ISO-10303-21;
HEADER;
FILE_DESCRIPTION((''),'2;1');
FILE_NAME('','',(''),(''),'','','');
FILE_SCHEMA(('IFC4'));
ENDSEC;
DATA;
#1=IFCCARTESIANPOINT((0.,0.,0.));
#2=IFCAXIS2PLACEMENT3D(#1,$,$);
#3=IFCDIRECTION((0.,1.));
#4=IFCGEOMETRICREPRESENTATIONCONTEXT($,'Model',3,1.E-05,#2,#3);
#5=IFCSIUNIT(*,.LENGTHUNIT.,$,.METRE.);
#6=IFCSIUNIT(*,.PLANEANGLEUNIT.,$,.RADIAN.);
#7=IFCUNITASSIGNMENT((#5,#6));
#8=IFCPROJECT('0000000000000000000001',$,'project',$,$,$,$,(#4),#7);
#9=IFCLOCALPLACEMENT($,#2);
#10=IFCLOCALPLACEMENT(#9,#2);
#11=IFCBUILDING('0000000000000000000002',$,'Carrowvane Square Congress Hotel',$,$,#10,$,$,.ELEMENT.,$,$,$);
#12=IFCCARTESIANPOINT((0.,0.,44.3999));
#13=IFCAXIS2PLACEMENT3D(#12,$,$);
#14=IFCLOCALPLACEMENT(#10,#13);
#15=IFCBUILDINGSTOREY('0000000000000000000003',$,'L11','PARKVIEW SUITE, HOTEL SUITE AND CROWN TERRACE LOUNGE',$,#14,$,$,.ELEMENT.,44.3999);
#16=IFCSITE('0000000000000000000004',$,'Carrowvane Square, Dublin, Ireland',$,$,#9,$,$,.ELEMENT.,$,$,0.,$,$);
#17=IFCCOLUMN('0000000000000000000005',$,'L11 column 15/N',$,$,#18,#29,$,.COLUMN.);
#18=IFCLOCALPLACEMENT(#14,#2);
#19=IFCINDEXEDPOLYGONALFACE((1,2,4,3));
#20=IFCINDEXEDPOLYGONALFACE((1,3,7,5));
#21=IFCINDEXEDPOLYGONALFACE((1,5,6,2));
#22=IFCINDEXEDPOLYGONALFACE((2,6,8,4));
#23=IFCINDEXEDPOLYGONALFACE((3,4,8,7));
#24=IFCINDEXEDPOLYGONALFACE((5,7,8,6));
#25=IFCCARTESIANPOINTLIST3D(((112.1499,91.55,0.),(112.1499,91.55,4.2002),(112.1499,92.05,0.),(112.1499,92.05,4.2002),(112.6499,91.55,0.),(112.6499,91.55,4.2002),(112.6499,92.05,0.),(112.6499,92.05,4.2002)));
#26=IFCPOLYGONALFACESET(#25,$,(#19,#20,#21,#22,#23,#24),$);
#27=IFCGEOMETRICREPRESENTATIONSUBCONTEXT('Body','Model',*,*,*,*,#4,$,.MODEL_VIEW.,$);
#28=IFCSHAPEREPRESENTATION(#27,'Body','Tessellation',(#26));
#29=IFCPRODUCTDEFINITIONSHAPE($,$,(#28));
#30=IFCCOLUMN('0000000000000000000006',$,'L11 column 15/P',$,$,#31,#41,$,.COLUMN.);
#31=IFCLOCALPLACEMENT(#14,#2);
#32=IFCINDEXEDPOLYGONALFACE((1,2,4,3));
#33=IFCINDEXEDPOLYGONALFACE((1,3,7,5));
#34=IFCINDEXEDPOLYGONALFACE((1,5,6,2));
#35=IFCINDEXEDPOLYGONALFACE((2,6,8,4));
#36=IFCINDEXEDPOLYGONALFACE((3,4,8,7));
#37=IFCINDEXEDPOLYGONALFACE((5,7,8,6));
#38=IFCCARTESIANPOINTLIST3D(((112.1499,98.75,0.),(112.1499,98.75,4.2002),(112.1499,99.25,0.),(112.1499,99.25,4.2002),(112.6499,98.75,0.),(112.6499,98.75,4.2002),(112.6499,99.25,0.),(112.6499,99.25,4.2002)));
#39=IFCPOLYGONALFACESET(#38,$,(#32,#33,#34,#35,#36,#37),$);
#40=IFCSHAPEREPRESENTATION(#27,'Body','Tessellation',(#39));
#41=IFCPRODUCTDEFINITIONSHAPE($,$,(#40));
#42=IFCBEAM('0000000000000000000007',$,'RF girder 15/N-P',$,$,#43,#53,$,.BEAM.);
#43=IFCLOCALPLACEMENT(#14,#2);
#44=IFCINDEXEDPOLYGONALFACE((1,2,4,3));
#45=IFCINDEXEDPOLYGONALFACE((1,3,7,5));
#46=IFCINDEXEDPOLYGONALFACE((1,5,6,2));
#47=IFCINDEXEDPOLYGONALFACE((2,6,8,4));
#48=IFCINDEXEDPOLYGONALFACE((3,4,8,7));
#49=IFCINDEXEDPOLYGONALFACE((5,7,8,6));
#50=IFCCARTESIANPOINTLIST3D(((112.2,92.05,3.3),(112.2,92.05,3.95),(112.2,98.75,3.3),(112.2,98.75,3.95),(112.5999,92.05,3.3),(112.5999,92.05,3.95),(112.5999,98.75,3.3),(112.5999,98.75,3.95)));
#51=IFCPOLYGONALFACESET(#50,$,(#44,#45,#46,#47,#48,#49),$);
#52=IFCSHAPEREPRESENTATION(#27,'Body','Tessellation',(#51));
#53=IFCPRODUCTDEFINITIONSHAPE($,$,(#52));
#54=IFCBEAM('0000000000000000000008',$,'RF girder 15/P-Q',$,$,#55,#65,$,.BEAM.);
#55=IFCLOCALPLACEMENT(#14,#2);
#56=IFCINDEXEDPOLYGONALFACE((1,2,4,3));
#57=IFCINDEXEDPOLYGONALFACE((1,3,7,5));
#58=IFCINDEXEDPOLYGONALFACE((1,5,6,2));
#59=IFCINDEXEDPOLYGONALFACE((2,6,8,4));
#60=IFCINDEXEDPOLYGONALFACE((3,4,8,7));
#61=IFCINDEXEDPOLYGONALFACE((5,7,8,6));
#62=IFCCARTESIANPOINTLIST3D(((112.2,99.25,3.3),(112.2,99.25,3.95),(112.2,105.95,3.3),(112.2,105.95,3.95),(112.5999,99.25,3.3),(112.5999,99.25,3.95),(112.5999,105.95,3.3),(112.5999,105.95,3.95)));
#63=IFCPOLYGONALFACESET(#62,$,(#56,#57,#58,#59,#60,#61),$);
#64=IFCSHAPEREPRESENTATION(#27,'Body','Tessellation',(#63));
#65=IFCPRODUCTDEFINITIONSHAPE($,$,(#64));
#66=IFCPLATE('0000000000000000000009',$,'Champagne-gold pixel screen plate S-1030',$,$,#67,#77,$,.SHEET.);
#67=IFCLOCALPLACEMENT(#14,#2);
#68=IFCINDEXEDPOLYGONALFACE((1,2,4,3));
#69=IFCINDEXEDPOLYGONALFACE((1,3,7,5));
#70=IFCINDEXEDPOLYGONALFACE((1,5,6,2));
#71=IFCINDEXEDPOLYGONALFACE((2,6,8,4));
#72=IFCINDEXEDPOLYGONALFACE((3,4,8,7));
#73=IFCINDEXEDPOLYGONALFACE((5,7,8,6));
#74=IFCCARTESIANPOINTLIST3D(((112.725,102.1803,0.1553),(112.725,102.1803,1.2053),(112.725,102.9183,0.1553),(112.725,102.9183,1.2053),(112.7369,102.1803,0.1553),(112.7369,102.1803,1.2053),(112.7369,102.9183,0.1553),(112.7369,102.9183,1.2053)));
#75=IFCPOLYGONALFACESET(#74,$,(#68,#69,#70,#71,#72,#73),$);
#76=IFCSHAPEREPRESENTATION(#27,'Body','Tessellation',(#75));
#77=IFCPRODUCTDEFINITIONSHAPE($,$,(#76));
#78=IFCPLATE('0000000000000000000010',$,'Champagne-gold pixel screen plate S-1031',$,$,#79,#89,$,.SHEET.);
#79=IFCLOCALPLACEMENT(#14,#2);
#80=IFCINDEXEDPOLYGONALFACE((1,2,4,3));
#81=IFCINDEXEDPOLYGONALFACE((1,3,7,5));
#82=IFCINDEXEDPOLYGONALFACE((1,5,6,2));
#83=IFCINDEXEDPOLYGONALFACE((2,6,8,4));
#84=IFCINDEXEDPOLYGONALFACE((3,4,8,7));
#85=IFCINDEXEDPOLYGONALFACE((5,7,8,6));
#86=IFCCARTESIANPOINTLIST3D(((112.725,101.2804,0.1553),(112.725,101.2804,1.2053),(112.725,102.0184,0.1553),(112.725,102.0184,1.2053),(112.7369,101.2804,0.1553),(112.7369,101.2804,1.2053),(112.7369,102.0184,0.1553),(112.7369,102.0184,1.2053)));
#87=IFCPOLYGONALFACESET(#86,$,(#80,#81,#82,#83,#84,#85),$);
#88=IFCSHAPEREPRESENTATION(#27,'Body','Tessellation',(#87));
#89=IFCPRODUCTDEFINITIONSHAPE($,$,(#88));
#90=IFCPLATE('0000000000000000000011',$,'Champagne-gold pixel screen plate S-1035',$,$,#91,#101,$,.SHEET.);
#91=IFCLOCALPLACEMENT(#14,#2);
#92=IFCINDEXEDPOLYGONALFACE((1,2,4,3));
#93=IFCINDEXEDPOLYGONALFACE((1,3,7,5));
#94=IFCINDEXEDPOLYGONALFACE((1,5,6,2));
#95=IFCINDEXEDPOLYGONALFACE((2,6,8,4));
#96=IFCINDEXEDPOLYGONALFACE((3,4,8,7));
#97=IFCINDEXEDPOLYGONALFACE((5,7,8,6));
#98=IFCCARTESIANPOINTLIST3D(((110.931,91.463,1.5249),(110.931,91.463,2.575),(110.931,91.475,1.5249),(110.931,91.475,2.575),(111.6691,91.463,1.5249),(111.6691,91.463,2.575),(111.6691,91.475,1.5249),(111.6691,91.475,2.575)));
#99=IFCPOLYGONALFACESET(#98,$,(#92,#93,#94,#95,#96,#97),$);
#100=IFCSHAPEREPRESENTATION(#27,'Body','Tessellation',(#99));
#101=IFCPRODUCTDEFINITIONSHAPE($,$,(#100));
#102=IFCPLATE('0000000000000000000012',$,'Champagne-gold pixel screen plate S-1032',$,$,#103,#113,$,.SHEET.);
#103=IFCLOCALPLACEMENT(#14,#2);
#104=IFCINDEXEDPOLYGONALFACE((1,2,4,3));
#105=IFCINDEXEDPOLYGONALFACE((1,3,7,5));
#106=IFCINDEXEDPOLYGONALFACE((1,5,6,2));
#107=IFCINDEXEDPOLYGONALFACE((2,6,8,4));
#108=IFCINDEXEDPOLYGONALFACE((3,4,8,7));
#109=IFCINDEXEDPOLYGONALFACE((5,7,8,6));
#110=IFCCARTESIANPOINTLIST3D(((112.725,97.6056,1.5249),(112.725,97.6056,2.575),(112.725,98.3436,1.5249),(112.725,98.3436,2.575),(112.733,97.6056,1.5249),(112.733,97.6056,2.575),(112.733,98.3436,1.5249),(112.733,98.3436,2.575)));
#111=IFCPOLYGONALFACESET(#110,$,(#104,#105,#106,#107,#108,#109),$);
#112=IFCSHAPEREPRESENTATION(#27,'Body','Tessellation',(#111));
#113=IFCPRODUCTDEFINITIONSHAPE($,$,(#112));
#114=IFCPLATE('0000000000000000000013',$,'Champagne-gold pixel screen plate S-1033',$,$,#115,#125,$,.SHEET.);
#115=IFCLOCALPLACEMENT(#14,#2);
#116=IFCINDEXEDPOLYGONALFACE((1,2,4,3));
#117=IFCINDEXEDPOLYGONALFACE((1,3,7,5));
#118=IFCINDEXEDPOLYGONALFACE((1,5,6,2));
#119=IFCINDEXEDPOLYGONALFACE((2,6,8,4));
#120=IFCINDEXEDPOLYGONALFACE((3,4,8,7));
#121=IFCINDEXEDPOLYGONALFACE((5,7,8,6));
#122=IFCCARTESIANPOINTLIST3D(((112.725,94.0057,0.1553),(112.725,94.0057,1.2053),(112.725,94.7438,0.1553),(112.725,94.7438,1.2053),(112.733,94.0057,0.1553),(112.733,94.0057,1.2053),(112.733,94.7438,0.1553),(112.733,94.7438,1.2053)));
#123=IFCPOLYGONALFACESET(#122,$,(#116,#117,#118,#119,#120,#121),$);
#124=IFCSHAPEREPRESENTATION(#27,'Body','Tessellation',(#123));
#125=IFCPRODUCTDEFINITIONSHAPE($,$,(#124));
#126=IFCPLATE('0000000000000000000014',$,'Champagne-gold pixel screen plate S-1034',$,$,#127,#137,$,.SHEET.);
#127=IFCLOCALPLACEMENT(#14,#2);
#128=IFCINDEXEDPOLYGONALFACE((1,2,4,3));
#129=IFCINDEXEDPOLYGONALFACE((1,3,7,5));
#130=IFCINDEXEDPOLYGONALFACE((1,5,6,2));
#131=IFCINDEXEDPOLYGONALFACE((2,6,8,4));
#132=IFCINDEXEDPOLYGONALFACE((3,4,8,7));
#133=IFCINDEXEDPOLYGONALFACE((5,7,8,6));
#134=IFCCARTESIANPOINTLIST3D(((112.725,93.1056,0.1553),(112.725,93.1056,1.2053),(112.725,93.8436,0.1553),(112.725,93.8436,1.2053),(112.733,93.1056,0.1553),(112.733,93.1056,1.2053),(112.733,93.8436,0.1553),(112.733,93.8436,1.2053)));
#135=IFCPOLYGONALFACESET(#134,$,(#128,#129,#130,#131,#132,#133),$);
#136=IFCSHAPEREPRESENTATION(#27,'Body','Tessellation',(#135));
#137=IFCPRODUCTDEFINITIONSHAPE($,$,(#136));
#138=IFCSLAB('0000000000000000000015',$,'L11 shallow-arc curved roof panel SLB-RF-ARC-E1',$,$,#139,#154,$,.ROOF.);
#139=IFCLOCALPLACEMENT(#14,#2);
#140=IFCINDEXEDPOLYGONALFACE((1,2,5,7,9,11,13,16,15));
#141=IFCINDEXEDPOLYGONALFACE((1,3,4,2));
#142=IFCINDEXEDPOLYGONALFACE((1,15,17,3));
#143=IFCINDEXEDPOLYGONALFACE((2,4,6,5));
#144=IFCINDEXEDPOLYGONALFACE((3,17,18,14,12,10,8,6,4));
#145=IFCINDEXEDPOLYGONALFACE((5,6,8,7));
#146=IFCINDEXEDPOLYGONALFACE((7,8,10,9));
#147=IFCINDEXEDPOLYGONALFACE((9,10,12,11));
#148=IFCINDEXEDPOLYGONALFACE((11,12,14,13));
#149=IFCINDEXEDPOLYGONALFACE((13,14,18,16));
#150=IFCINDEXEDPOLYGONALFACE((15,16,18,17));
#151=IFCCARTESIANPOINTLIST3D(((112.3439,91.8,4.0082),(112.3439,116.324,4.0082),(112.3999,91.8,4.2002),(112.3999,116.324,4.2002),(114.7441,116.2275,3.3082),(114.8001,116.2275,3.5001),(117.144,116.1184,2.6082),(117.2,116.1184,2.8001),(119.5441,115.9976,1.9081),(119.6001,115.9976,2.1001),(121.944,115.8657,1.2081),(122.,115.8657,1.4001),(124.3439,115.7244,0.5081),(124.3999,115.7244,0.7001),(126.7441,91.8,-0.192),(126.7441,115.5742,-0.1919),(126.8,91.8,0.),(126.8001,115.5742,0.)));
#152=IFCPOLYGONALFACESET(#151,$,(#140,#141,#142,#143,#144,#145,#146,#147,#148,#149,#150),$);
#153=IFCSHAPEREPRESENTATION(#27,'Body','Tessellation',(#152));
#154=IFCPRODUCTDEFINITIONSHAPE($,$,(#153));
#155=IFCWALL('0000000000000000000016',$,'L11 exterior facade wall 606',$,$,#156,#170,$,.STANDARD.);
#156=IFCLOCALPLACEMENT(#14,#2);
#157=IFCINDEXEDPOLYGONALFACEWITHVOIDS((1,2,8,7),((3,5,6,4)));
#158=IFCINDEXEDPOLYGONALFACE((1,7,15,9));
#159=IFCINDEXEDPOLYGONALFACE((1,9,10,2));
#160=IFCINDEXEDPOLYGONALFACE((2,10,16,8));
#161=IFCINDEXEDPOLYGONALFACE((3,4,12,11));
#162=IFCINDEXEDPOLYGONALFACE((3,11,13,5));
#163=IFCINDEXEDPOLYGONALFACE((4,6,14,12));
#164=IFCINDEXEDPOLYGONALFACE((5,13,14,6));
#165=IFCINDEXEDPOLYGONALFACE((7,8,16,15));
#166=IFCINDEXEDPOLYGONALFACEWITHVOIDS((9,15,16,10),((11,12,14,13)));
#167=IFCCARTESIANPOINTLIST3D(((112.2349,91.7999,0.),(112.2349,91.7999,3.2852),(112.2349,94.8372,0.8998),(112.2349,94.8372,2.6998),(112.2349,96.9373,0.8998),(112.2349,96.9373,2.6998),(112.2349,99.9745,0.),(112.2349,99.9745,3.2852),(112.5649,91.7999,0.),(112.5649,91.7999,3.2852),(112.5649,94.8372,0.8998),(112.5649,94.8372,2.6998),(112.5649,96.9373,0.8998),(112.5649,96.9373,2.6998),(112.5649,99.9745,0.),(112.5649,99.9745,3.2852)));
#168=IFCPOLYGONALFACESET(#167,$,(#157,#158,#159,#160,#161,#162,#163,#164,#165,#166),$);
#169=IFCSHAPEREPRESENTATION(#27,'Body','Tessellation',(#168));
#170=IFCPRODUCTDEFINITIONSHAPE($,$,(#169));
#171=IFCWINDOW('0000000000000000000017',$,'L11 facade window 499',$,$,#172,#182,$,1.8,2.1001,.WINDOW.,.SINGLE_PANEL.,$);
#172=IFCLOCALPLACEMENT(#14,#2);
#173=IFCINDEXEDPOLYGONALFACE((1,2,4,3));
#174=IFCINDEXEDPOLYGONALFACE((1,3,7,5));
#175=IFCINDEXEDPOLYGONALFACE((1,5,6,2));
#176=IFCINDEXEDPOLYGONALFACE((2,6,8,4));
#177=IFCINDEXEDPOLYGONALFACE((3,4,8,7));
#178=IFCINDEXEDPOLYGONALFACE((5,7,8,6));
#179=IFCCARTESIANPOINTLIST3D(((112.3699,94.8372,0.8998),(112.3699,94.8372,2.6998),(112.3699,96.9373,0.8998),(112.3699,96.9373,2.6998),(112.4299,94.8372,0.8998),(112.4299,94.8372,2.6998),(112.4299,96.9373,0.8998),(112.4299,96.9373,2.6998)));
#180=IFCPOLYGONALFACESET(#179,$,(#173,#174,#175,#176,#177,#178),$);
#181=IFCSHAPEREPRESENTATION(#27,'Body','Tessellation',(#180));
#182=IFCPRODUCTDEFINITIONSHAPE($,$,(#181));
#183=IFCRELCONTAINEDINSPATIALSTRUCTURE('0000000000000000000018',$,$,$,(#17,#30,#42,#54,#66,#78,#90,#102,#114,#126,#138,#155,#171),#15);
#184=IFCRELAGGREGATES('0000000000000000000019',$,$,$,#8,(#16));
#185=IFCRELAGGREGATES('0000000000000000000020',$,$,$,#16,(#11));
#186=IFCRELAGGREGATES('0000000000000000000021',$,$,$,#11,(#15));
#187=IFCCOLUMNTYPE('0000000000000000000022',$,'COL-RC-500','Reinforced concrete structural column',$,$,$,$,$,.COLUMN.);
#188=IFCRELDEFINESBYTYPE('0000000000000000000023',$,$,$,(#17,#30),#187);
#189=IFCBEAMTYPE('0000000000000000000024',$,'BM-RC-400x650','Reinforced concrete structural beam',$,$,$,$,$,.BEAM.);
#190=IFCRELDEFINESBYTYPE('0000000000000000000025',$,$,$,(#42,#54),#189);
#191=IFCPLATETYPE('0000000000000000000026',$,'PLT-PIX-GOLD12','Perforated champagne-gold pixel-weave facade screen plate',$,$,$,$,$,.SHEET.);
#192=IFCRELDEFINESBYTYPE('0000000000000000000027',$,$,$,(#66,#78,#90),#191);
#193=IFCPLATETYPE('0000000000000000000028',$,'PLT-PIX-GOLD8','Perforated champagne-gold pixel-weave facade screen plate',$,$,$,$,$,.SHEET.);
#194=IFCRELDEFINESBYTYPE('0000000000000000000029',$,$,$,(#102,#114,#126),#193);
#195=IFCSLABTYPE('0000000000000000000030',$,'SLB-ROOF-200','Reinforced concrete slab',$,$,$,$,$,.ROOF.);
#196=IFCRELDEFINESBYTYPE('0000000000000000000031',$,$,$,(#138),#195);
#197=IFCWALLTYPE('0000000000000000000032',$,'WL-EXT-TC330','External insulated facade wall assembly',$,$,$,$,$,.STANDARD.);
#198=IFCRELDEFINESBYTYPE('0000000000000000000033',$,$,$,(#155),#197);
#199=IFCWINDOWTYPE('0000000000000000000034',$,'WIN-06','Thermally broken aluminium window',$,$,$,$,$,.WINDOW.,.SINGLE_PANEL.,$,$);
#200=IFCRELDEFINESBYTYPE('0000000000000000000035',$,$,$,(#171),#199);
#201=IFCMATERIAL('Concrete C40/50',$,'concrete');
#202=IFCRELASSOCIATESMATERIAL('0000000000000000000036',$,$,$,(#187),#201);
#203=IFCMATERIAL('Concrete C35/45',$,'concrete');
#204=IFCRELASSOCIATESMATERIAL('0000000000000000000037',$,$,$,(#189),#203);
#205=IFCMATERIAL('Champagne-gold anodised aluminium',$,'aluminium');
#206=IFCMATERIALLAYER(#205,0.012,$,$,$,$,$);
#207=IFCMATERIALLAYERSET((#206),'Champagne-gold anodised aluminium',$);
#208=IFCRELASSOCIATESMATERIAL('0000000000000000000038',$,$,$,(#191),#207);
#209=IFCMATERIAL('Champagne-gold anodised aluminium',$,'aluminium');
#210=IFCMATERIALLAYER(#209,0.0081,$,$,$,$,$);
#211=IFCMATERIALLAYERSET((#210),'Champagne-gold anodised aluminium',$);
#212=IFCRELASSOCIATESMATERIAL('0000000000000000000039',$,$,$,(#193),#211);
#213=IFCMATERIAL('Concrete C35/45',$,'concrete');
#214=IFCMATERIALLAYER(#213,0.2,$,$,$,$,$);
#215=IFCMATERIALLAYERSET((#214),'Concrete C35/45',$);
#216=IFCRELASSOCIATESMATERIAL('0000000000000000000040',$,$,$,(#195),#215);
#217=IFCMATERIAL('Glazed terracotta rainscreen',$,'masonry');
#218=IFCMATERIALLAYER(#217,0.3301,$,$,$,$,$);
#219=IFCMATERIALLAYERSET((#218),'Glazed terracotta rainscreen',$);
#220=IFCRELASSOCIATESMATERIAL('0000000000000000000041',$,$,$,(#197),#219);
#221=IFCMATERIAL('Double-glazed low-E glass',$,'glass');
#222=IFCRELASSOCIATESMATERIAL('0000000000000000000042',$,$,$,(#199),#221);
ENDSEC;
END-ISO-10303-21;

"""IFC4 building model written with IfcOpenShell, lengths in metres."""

from ifc_helpers import new_model, si_unit, direction, frame, frame_2d, origin, origin_2d, place, context, subcontext, project, spatial, polyline, rectangle, outline, extrude, material, layer, layer_set, material_profile, profile_set, type_object, element, fill, save


model = new_model("IFC4")

# Units and contexts
model_context = context("Model", 3, precision=1e-05, world=origin(), true_north=direction((0.0, 1.0)))
body_context = subcontext(model_context, "Body", "Model", "MODEL_VIEW")
ifc_project = project(units=[si_unit("LENGTHUNIT", "METRE"), si_unit("PLANEANGLEUNIT", "RADIAN")], contexts=[model_context])

# Site, building, storey
site_placement = place(None, origin())
site = spatial("IfcSite", under=ifc_project, at=site_placement, Name="Carrowvane Square, Dublin, Ireland", CompositionType="ELEMENT", RefElevation=0.0)
building_placement = place(site_placement, origin())
building = spatial("IfcBuilding", under=site, at=building_placement, Name="Carrowvane Square Congress Hotel", CompositionType="ELEMENT")
storey_placement = place(building_placement, frame((0.0, 0.0, 44.3999)))
storey = spatial("IfcBuildingStorey", under=building, at=storey_placement, Name="L11", Description="PARKVIEW SUITE, HOTEL SUITE AND CROWN TERRACE LOUNGE", CompositionType="ELEMENT", Elevation=44.3999)

# Columns
ifc_material_1 = material(Name="Concrete C40/50", Category="concrete")
ifc_material_profile_1 = material_profile(ifc_material_1, rectangle(XDim=0.5, YDim=0.5, at=origin_2d()), Name="RC 500x500")
ifc_profile_set_1 = profile_set([ifc_material_profile_1], Name="Concrete C40/50")
column_type = type_object("IfcColumnType", Name="COL-RC-500", Description="Reinforced concrete structural column", PredefinedType="COLUMN", material=ifc_profile_set_1)
for number, where, z_axis, x_axis, name in (
    (1, (112.3999, 91.8, 0.0), (0.0, 0.0, 1.0), (1.0, 0.0, 0.0), "L11 column 15/N"),
    (2, (112.3999, 99.0, 0.0), (0.0, 0.0, 1.0), (1.0, 0.0, 0.0), "L11 column 15/P"),
):
    element("IfcColumn", number, at=place(storey_placement, frame(where, z_axis=z_axis, x_axis=x_axis)), inside=storey, type_object=column_type, Name=name, PredefinedType="COLUMN", context=body_context, shape_type="SweptSolid", body=[
        extrude(rectangle(XDim=0.5, YDim=0.5, at=origin_2d()), origin(), (0.0, 0.0, 1.0), 4.2002),
    ])

# Beams
ifc_material_2 = material(Name="Concrete C35/45", Category="concrete")
ifc_material_profile_2 = material_profile(ifc_material_2, rectangle(XDim=0.3999, YDim=0.6499, at=origin_2d()), Name="RC 400x650")
ifc_profile_set_2 = profile_set([ifc_material_profile_2], Name="Concrete C35/45")
beam_type = type_object("IfcBeamType", Name="BM-RC-400x650", Description="Reinforced concrete structural beam", PredefinedType="BEAM", material=ifc_profile_set_2)
for number, where, z_axis, x_axis, name in (
    (3, (112.3999, 92.05, 3.625), (0.0, 1.0, 0.0), (-1.0, 0.0, 0.0), "RF girder 15/N-P"),
    (4, (112.3999, 99.25, 3.625), (0.0, 1.0, 0.0), (-1.0, 0.0, 0.0), "RF girder 15/P-Q"),
):
    element("IfcBeam", number, at=place(storey_placement, frame(where, z_axis=z_axis, x_axis=x_axis)), inside=storey, type_object=beam_type, Name=name, PredefinedType="BEAM", context=body_context, shape_type="SweptSolid", body=[
        extrude(rectangle(XDim=0.3999, YDim=0.6499, at=origin_2d()), origin(), (0.0, 0.0, 1.0), 6.7),
    ])

# Plates
ifc_material_3 = material(Name="Champagne-gold anodised aluminium", Category="aluminium")
ifc_layer_1 = layer(ifc_material_3, 0.012)
ifc_layer_set_1 = layer_set([ifc_layer_1], Name="Champagne-gold anodised aluminium")
plate_type_1 = type_object("IfcPlateType", Name="PLT-PIX-GOLD12", Description="Perforated champagne-gold pixel-weave facade screen plate", PredefinedType="SHEET", material=ifc_layer_set_1)
for number, where, z_axis, x_axis, name in (
    (5, (112.731, 102.5493, 0.1553), (0.0, 0.0, 1.0), (0.0, -1.0, 0.0), "Champagne-gold pixel screen plate S-1030"),
    (6, (112.731, 101.6494, 0.1553), (0.0, 0.0, 1.0), (0.0, -1.0, 0.0), "Champagne-gold pixel screen plate S-1031"),
    (7, (111.3, 91.469, 1.5249), (0.0, 0.0, 1.0), (-1.0, 0.0, 0.0), "Champagne-gold pixel screen plate S-1035"),
):
    element("IfcPlate", number, at=place(storey_placement, frame(where, z_axis=z_axis, x_axis=x_axis)), inside=storey, type_object=plate_type_1, Name=name, PredefinedType="SHEET", context=body_context, shape_type="SweptSolid", body=[
        extrude(rectangle(XDim=0.738, YDim=0.012, at=origin_2d()), origin(), (0.0, 0.0, 1.0), 1.05),
    ])
ifc_material_4 = material(Name="Champagne-gold anodised aluminium", Category="aluminium")
ifc_layer_2 = layer(ifc_material_4, 0.0081)
ifc_layer_set_2 = layer_set([ifc_layer_2], Name="Champagne-gold anodised aluminium")
plate_type_2 = type_object("IfcPlateType", Name="PLT-PIX-GOLD8", Description="Perforated champagne-gold pixel-weave facade screen plate", PredefinedType="SHEET", material=ifc_layer_set_2)
for number, where, z_axis, x_axis, name in (
    (8, (112.729, 97.9746, 1.5249), (0.0, 0.0, 1.0), (0.0, -1.0, 0.0), "Champagne-gold pixel screen plate S-1032"),
    (9, (112.729, 94.3748, 0.1553), (0.0, 0.0, 1.0), (0.0, -1.0, 0.0), "Champagne-gold pixel screen plate S-1033"),
    (10, (112.729, 93.4746, 0.1553), (0.0, 0.0, 1.0), (0.0, -1.0, 0.0), "Champagne-gold pixel screen plate S-1034"),
):
    element("IfcPlate", number, at=place(storey_placement, frame(where, z_axis=z_axis, x_axis=x_axis)), inside=storey, type_object=plate_type_2, Name=name, PredefinedType="SHEET", context=body_context, shape_type="SweptSolid", body=[
        extrude(rectangle(XDim=0.738, YDim=0.0081, at=origin_2d()), origin(), (0.0, 0.0, 1.0), 1.05),
    ])

# Slab
ifc_material_5 = material(Name="Concrete C35/45", Category="concrete")
ifc_layer_3 = layer(ifc_material_5, 0.2)
ifc_layer_set_3 = layer_set([ifc_layer_3], Name="Concrete C35/45")
slab_type = type_object("IfcSlabType", Name="SLB-ROOF-200", Description="Reinforced concrete slab", PredefinedType="ROOF", material=ifc_layer_set_3)
slab_placement = place(storey_placement, frame((112.3999, 91.8, 4.2002), z_axis=(0.280009, 0.0, 0.959997), x_axis=(0.959997, 0.0, -0.280009)))
element("IfcSlab", 11, at=slab_placement, inside=storey, type_object=slab_type, Name="L11 shallow-arc curved roof panel SLB-RF-ARC-E1", PredefinedType="ROOF", context=body_context, shape_type="SweptSolid", body=[
    extrude(outline(polyline([(0.0, 0.0), (15.0002, 0.0), (15.0002, 23.7742), (12.5, 23.9243), (10.0001, 24.0657), (7.5002, 24.1975), (5.0001, 24.3184), (2.5002, 24.4275), (0.0, 24.5239), (0.0, 0.0)])), origin(), (0.0, 0.0, -1.0), 0.2),
])

# Wall, opening, window
ifc_material_6 = material(Name="Glazed terracotta rainscreen", Category="masonry")
ifc_layer_4 = layer(ifc_material_6, 0.3301)
ifc_layer_set_4 = layer_set([ifc_layer_4], Name="Glazed terracotta rainscreen")
wall_type_1 = type_object("IfcWallType", Name="WL-EXT-TC330", Description="External insulated facade wall assembly", PredefinedType="STANDARD", material=ifc_layer_set_4)
wall_1_placement = place(storey_placement, frame((112.3999, 99.9746, 0.0), z_axis=(0.0, 0.0, 1.0), x_axis=(0.0, -1.0, 0.0)))
wall_1 = element("IfcWall", 12, at=wall_1_placement, inside=storey, type_object=wall_type_1, Name="L11 exterior facade wall 606", PredefinedType="STANDARD", context=body_context, shape_type="SweptSolid", body=[
    extrude(rectangle(XDim=8.1746, YDim=0.3301, at=frame_2d((4.0874, 0.0))), origin(), (0.0, 0.0, 1.0), 3.2852),
])
opening_1_placement = place(wall_1_placement, frame((3.0374, 0.0, 0.8999)))
opening_1 = element("IfcOpeningElement", 13, at=opening_1_placement, cuts=wall_1, PredefinedType="OPENING", context=body_context, shape_type="SweptSolid", body=[
    extrude(rectangle(XDim=2.1001, YDim=1.8, at=frame_2d((1.05, 0.8999))), frame((0.0, 0.175, 0.0), z_axis=(0.0, -1.0, 0.0), x_axis=(1.0, 0.0, 0.0)), (0.0, 0.0, 1.0), 0.3501),
])
ifc_material_7 = material(Name="Double-glazed low-E glass", Category="glass")
window_type_1 = type_object("IfcWindowType", Name="WIN-06", Description="Thermally broken aluminium window", PartitioningType="SINGLE_PANEL", PredefinedType="WINDOW", material=ifc_material_7)
window_1_placement = place(opening_1_placement, origin())
window_1 = element("IfcWindow", 14, at=window_1_placement, inside=storey, type_object=window_type_1, Name="L11 facade window 499", OverallHeight=1.8, OverallWidth=2.1001, PartitioningType="SINGLE_PANEL", PredefinedType="WINDOW", context=body_context, shape_type="SweptSolid", body=[
    extrude(rectangle(XDim=2.1001, YDim=1.8, at=frame_2d((1.05, 0.8999))), frame((0.0, 0.03, 0.0), z_axis=(0.0, -1.0, 0.0), x_axis=(1.0, 0.0, 0.0)), (0.0, 0.0, 1.0), 0.0601),
])
fill(opening_1, window_1)

save(model, "model.ifc")
